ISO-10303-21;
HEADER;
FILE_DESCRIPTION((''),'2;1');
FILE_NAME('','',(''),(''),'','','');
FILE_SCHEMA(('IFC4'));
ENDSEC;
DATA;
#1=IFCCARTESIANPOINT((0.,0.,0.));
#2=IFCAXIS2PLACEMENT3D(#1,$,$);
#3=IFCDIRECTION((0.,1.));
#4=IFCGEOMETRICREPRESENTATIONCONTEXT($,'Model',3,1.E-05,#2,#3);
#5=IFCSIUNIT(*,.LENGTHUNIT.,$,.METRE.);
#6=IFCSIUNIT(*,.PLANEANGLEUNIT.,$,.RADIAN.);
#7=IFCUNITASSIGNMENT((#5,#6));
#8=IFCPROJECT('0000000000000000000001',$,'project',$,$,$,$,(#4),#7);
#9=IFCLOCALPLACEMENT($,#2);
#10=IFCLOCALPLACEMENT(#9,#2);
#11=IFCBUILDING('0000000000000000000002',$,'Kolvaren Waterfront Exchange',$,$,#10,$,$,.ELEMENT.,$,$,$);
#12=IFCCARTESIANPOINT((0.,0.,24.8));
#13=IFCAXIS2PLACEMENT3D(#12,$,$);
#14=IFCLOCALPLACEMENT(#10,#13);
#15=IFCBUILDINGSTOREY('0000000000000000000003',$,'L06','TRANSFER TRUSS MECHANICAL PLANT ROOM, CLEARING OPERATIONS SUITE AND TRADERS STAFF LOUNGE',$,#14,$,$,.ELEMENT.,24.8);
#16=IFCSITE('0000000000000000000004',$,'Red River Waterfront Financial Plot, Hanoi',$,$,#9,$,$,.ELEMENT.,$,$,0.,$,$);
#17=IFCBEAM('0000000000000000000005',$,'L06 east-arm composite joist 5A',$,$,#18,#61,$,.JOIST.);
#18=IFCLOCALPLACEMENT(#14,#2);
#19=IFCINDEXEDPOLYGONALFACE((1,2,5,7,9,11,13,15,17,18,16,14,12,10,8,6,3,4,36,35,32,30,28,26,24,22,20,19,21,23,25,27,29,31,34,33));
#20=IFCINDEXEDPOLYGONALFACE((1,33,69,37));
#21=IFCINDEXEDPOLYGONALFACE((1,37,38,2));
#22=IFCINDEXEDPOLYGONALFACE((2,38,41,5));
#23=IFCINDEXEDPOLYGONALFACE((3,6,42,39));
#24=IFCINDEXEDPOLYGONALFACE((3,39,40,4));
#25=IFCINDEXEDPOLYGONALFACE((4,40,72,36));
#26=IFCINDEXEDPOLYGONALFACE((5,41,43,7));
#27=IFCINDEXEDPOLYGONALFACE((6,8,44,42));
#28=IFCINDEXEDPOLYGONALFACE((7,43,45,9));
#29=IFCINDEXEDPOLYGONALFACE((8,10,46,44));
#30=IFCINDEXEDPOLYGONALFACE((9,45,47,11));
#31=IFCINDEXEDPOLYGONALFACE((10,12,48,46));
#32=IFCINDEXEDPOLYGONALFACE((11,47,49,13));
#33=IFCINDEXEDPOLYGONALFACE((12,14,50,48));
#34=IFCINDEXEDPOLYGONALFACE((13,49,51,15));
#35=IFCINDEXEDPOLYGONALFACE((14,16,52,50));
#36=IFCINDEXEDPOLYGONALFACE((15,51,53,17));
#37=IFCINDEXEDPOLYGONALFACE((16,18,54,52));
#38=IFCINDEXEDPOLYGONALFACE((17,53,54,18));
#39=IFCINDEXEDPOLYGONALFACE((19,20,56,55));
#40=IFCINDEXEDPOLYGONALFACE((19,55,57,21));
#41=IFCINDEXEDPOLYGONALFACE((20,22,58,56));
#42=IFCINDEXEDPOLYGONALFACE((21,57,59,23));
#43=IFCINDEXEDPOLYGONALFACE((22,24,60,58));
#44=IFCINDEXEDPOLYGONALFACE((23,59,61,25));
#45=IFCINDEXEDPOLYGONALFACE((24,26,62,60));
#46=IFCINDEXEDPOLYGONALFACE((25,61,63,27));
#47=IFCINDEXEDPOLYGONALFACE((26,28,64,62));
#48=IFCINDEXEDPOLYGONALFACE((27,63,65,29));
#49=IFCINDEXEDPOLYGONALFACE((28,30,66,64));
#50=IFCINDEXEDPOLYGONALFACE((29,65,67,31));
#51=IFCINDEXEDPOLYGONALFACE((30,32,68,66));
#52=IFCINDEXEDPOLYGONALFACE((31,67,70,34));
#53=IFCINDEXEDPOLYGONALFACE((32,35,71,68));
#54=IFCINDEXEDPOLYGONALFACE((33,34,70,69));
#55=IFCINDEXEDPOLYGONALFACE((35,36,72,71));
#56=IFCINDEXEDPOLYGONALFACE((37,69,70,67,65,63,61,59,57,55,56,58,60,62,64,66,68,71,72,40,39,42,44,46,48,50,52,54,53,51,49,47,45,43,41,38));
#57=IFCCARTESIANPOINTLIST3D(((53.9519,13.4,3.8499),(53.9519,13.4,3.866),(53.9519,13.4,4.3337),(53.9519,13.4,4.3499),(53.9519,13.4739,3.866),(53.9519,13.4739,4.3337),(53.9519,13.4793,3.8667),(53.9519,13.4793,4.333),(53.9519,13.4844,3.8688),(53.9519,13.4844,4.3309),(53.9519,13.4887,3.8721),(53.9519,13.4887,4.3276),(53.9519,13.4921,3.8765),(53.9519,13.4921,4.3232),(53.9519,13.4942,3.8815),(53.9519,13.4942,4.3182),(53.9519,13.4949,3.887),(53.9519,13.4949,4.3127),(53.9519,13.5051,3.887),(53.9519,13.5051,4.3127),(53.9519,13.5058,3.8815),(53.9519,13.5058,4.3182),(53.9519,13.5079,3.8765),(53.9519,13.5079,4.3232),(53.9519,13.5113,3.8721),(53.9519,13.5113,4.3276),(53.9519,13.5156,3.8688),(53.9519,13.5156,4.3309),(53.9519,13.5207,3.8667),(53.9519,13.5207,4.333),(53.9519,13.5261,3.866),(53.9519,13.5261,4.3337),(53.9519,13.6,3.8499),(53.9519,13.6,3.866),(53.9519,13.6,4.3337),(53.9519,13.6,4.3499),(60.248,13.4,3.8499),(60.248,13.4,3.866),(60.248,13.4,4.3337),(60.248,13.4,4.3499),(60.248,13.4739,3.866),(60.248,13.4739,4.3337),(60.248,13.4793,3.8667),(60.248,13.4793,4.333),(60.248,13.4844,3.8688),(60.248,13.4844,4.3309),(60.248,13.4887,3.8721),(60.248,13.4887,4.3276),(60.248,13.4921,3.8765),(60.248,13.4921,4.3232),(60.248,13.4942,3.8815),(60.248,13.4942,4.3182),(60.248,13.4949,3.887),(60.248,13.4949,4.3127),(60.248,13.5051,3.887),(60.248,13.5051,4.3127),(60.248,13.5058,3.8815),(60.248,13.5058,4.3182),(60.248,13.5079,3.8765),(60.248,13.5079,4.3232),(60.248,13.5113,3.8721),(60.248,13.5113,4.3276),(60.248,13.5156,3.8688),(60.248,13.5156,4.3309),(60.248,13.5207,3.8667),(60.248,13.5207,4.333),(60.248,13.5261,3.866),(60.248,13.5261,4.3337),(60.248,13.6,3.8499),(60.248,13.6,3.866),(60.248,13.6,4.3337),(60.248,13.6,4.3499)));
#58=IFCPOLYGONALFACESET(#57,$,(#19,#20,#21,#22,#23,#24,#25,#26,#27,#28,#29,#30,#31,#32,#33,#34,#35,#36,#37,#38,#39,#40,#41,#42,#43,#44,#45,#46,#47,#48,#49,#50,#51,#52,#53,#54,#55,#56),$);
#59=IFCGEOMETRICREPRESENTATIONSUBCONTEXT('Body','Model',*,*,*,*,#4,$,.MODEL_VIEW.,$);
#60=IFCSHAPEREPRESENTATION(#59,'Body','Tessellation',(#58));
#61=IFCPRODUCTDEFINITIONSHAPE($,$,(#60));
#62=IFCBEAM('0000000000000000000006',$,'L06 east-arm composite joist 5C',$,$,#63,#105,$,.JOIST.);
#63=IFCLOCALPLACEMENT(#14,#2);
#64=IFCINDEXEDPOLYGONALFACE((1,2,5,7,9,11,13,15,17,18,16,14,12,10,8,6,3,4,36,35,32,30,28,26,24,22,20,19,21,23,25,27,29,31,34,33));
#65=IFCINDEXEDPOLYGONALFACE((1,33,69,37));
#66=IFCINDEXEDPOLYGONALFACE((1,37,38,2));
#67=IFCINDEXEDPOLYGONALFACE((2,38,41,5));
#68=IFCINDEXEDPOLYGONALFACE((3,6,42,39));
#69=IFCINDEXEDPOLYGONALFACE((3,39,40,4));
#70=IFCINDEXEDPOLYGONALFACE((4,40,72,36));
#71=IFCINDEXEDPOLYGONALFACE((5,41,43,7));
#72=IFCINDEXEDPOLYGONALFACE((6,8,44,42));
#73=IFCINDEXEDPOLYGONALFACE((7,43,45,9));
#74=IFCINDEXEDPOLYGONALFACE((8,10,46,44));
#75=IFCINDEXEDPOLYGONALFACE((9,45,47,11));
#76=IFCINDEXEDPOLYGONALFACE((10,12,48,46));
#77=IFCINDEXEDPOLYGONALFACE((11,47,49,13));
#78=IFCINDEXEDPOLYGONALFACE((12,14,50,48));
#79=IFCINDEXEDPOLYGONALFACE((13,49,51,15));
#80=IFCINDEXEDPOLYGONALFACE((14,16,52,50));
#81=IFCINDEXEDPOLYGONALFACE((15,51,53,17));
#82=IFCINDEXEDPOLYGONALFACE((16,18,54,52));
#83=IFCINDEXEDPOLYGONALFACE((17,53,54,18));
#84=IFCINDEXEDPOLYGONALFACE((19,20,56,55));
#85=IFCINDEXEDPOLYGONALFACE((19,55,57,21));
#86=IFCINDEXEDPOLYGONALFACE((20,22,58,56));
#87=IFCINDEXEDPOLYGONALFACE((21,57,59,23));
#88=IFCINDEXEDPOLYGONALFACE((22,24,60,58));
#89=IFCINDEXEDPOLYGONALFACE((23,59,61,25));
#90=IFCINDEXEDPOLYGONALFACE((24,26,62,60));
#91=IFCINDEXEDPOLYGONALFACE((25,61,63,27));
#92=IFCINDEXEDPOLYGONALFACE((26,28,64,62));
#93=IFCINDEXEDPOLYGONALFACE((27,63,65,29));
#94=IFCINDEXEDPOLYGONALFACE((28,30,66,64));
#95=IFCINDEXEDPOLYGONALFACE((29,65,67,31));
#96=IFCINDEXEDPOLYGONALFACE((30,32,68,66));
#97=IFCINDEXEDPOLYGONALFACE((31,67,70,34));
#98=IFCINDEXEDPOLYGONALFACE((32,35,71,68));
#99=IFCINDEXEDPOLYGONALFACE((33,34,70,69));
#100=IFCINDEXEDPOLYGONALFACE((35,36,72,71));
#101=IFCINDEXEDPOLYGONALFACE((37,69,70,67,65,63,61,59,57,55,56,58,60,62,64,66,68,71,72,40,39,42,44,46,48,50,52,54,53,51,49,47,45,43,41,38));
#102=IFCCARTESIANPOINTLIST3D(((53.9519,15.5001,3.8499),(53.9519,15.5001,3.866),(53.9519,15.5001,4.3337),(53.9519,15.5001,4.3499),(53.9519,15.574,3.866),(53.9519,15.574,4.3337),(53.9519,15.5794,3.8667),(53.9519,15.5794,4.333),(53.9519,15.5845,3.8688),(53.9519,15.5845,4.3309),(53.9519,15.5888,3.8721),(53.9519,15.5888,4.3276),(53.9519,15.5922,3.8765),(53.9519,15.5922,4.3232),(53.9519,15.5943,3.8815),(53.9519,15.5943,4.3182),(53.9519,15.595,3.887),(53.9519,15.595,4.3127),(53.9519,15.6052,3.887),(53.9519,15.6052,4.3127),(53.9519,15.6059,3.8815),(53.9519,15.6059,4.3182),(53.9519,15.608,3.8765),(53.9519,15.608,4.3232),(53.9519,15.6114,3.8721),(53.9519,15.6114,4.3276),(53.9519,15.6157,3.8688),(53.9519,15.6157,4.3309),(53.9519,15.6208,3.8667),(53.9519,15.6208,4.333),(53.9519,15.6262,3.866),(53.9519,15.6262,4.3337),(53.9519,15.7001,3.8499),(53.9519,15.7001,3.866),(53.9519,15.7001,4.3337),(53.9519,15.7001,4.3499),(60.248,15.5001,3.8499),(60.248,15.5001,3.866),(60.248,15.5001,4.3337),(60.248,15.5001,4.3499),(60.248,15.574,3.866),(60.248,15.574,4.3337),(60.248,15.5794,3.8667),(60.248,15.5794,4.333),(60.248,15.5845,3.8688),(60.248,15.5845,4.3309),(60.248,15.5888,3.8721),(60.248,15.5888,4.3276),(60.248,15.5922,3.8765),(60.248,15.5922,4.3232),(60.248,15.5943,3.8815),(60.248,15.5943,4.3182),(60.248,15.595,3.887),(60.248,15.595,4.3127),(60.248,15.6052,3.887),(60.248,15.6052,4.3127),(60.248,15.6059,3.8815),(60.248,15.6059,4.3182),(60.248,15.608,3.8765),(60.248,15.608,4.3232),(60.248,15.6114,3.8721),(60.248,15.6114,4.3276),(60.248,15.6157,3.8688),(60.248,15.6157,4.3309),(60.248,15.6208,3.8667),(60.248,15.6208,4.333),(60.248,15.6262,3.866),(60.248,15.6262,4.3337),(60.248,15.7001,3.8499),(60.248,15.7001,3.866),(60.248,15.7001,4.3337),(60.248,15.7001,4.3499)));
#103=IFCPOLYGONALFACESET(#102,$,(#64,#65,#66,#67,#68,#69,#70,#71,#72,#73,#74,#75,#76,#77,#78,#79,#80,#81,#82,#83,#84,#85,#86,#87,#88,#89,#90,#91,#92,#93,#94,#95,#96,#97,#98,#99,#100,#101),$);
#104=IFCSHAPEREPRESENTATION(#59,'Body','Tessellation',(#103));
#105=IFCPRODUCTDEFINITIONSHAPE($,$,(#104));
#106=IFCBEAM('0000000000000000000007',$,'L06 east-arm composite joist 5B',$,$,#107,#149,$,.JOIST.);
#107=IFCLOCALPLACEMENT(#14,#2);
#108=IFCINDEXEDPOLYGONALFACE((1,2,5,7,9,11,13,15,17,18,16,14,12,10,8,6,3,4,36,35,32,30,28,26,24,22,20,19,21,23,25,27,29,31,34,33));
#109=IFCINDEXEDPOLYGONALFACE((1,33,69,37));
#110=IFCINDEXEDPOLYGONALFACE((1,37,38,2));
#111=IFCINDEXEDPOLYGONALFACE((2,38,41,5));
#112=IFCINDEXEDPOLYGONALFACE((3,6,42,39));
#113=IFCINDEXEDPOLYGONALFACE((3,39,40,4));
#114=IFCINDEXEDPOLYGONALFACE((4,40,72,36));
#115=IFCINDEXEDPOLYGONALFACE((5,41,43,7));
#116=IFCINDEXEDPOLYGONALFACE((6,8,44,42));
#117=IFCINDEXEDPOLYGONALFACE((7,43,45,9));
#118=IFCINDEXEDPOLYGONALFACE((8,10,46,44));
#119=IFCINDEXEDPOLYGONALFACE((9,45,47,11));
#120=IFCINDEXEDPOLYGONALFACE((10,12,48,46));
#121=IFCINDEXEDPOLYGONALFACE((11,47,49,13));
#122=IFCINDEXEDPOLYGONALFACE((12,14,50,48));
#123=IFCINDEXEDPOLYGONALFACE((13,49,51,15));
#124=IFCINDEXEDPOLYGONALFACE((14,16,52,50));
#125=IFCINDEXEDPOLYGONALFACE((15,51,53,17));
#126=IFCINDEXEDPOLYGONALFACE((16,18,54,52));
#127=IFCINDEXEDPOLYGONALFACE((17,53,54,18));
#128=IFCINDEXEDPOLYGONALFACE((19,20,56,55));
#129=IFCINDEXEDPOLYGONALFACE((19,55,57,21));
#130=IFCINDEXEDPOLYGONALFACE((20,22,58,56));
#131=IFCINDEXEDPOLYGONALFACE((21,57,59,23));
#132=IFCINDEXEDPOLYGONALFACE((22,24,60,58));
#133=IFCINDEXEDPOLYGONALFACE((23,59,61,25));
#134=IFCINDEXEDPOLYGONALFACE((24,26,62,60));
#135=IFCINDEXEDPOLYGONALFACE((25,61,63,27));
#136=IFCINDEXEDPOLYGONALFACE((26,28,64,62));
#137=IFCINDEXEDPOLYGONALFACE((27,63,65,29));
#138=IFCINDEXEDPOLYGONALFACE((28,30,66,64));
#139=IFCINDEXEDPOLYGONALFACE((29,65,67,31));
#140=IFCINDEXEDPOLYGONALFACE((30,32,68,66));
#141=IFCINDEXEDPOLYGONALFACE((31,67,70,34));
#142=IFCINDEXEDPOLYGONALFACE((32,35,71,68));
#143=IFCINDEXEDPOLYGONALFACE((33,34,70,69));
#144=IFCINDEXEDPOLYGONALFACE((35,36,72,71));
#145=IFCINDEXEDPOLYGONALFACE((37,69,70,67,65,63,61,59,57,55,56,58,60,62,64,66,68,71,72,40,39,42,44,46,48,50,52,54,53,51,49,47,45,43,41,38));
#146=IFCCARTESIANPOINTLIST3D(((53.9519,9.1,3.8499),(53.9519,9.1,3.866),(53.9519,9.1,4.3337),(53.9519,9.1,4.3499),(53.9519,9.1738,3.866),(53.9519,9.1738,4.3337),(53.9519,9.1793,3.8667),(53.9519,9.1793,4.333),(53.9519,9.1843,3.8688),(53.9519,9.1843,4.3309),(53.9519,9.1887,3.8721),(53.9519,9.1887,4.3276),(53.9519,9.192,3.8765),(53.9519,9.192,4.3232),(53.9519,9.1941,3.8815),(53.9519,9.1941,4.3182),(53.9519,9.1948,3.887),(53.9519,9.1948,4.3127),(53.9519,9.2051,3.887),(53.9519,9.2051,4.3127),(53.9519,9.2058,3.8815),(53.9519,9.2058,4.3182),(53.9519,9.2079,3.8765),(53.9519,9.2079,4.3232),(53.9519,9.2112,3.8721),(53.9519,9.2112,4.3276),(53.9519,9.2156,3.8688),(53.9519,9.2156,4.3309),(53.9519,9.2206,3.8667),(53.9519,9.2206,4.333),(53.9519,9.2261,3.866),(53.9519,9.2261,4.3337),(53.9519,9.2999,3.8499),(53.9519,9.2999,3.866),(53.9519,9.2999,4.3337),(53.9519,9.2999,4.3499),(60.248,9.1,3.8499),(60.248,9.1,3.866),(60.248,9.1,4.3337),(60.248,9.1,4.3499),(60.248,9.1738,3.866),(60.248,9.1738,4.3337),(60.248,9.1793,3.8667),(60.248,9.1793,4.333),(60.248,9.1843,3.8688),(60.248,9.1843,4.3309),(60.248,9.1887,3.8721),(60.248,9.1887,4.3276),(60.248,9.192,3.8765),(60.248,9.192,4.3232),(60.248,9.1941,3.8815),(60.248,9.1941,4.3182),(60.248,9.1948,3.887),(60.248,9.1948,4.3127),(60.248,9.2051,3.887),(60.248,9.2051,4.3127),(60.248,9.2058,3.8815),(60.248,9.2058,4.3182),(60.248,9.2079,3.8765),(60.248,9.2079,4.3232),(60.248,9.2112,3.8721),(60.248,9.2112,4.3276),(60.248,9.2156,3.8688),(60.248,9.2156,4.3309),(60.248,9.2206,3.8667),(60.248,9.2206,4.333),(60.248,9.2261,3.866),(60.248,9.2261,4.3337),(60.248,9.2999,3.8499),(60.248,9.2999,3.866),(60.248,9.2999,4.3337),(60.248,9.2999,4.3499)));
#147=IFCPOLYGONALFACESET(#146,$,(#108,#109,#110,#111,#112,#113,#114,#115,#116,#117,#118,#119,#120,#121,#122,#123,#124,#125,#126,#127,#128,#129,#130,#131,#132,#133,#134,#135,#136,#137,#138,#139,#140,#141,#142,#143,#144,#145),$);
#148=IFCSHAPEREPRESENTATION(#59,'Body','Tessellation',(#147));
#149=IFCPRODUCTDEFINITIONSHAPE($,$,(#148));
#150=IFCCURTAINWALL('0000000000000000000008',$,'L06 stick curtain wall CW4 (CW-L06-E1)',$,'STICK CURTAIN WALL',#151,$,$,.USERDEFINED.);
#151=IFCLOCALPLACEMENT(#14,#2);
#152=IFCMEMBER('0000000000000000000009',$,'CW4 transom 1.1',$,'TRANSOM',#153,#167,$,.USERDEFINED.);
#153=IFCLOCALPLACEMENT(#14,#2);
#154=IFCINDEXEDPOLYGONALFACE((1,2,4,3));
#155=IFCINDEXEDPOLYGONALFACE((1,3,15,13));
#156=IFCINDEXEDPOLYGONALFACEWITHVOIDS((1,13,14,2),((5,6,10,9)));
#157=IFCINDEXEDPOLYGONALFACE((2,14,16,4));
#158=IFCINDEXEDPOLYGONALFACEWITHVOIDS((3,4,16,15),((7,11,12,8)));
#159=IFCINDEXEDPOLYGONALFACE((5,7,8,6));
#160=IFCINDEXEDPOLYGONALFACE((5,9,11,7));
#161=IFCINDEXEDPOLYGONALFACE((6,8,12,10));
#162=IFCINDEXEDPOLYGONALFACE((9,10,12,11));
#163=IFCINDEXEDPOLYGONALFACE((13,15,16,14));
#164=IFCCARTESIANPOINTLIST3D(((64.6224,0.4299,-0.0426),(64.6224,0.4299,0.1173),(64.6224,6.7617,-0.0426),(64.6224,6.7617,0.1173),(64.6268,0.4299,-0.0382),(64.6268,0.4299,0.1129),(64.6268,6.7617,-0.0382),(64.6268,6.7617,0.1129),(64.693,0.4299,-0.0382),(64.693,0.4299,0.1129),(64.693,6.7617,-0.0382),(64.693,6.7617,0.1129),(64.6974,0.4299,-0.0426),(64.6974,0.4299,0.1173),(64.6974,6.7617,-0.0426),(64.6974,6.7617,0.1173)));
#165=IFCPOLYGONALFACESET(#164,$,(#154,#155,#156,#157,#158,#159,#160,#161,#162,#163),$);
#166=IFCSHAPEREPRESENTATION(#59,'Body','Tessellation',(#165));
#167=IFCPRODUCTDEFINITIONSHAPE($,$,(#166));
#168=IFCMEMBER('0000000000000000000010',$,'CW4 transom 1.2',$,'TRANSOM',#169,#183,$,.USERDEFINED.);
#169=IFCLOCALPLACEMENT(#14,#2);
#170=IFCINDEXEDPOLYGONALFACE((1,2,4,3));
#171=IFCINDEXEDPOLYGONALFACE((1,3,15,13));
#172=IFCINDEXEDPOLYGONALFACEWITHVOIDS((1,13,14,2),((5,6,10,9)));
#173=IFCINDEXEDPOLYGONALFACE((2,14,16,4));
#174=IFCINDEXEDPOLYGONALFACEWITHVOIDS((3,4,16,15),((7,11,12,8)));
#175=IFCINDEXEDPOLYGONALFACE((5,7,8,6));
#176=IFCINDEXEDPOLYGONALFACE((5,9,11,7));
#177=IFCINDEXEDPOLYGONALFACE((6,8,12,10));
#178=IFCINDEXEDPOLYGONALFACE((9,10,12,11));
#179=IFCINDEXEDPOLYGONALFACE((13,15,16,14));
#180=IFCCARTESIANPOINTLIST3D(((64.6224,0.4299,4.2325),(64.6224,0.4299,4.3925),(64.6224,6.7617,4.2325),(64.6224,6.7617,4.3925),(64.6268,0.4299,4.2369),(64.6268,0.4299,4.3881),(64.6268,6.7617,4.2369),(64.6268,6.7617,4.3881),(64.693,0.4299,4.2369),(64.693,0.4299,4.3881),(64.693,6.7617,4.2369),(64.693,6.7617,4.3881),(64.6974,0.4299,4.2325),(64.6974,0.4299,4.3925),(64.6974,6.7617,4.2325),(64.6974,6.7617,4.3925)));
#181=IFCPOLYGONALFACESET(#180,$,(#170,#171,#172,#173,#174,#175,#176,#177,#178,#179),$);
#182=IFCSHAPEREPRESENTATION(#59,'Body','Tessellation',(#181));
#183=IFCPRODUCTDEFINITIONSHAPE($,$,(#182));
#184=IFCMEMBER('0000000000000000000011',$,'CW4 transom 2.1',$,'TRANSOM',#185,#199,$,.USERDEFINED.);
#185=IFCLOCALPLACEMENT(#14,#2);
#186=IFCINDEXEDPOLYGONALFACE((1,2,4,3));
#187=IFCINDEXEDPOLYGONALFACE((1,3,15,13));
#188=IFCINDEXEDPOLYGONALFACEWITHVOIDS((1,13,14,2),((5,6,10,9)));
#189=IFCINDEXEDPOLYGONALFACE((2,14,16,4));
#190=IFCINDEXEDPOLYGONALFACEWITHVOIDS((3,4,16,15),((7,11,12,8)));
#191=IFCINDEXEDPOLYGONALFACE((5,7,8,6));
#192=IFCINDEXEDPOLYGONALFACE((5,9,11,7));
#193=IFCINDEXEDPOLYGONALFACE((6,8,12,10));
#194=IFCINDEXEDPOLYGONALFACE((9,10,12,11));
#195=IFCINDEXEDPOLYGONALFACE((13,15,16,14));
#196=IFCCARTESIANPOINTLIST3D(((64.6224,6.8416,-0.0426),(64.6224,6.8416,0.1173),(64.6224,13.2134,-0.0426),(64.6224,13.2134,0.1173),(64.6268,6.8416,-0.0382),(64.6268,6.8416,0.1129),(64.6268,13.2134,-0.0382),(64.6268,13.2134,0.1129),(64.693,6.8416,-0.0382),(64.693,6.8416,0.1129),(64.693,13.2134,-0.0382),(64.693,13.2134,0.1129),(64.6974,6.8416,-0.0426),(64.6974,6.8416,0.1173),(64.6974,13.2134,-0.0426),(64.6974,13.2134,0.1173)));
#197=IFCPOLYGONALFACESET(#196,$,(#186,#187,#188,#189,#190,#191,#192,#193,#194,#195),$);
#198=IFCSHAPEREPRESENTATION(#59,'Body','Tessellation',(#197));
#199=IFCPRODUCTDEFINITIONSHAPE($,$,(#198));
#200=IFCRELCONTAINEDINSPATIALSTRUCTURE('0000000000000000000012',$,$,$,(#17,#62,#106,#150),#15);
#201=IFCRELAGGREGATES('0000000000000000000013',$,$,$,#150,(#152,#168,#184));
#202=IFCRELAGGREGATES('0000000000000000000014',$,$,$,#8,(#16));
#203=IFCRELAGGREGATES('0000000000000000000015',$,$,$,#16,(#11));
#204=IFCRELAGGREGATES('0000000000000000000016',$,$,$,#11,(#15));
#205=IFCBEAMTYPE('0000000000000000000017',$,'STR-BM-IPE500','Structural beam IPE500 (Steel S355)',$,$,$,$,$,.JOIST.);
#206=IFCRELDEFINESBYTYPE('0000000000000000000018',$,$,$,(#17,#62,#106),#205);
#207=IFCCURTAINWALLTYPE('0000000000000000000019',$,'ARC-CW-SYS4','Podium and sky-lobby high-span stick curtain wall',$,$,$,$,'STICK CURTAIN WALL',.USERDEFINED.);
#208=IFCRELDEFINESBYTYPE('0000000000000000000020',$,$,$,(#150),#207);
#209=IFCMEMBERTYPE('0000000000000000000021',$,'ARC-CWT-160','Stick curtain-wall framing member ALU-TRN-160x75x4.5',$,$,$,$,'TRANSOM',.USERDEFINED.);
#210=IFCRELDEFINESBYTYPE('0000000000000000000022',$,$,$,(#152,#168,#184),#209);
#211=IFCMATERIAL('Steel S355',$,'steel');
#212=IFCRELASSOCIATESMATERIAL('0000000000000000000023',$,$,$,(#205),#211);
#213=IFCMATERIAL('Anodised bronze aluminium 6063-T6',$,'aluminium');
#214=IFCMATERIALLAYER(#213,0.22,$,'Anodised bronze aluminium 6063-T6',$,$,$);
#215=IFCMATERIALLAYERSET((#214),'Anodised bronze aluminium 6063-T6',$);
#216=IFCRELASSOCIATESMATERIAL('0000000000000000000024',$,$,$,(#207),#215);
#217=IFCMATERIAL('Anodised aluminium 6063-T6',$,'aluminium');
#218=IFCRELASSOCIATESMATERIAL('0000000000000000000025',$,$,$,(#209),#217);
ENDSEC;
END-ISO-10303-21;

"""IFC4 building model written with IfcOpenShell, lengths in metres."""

from ifc_helpers import new_model, si_unit, direction, frame, origin, origin_with_axes, origin_2d, place, context, subcontext, project, spatial, hollow_rectangle, i_section, extrude, source, transform, mapped, material, layer, layer_set, material_profile, profile_set, type_object, element, aggregate, save


model = new_model("IFC4")

# Units and contexts
model_context = context("Model", 3, precision=1e-05, world=origin(), true_north=direction((0.0, 1.0)))
body_context = subcontext(model_context, "Body", "Model", "MODEL_VIEW")
ifc_project = project(units=[si_unit("LENGTHUNIT", "METRE"), si_unit("PLANEANGLEUNIT", "RADIAN")], contexts=[model_context])

# Site, building, storey
site_placement = place(None, origin())
site = spatial("IfcSite", under=ifc_project, at=site_placement, Name="Red River Waterfront Financial Plot, Hanoi", CompositionType="ELEMENT", RefElevation=0.0)
building_placement = place(site_placement, origin())
building = spatial("IfcBuilding", under=site, at=building_placement, Name="Kolvaren Waterfront Exchange", CompositionType="ELEMENT")
storey_placement = place(building_placement, frame((0.0, 0.0, 24.8)))
storey = spatial("IfcBuildingStorey", under=building, at=storey_placement, Name="L06", Description="TRANSFER TRUSS MECHANICAL PLANT ROOM, CLEARING OPERATIONS SUITE AND TRADERS STAFF LOUNGE", CompositionType="ELEMENT", Elevation=24.8)

# Beams
ifc_material_1 = material(Name="Steel S355", Category="steel")
ifc_material_profile_1 = material_profile(ifc_material_1, i_section(OverallWidth=0.2, OverallDepth=0.5, WebThickness=0.0103, FlangeThickness=0.0161, FilletRadius=0.021, at=origin_2d()), Name="IPE500")
ifc_profile_set_1 = profile_set([ifc_material_profile_1], Name="Steel S355")
beam_type_1 = type_object("IfcBeamType", Name="STR-BM-IPE500", Description="Structural beam IPE500 (Steel S355)", PredefinedType="JOIST", material=ifc_profile_set_1)
for number, where, z_axis, x_axis, name in (
    (1, (53.9519, 13.5, 4.0999), (1.0, 0.0, 0.0), (0.0, 1.0, 0.0), "L06 east-arm composite joist 5A"),
    (2, (53.9519, 15.6001, 4.0999), (1.0, 0.0, 0.0), (0.0, 1.0, 0.0), "L06 east-arm composite joist 5C"),
    (3, (53.9519, 9.2, 4.0999), (1.0, 0.0, 0.0), (0.0, 1.0, 0.0), "L06 east-arm composite joist 5B"),
):
    element("IfcBeam", number, at=place(storey_placement, frame(where, z_axis=z_axis, x_axis=x_axis)), inside=storey, type_object=beam_type_1, Name=name, PredefinedType="JOIST", context=body_context, shape_type="SweptSolid", body=[
        extrude(i_section(OverallWidth=0.2, OverallDepth=0.5, WebThickness=0.0103, FlangeThickness=0.0161, FilletRadius=0.021, at=origin_2d()), origin(), (0.0, 0.0, 1.0), 6.2961),
    ])

# Curtain wall, members
ifc_material_2 = material(Name="Anodised bronze aluminium 6063-T6", Category="aluminium")
ifc_layer_1 = layer(ifc_material_2, 0.22, Name="Anodised bronze aluminium 6063-T6")
ifc_layer_set_1 = layer_set([ifc_layer_1], Name="Anodised bronze aluminium 6063-T6")
curtain_wall_type = type_object("IfcCurtainWallType", Name="ARC-CW-SYS4", Description="Podium and sky-lobby high-span stick curtain wall", ElementType="STICK CURTAIN WALL", PredefinedType="USERDEFINED", material=ifc_layer_set_1)
curtain_wall_placement = place(storey_placement, origin())
curtain_wall = element("IfcCurtainWall", 4, at=curtain_wall_placement, inside=storey, type_object=curtain_wall_type, Name="L06 stick curtain wall CW4 (CW-L06-E1)", ObjectType="STICK CURTAIN WALL", PredefinedType="USERDEFINED")
ifc_material_3 = material(Name="Anodised aluminium 6063-T6", Category="aluminium")
ifc_material_profile_2 = material_profile(ifc_material_3, hollow_rectangle(XDim=0.075, YDim=0.1599, WallThickness=0.0044, at=origin_2d()), Name="ALU-TRN-160x75x4.5")
ifc_profile_set_2 = profile_set([ifc_material_profile_2], Name="Anodised aluminium 6063-T6")
member_type_1 = type_object("IfcMemberType", Name="ARC-CWT-160", Description="Stick curtain-wall framing member ALU-TRN-160x75x4.5", ElementType="TRANSOM", PredefinedType="USERDEFINED", material=ifc_profile_set_2)
shared_shape_1 = source(origin_with_axes(), body_context, "Body", "SweptSolid", [
    extrude(hollow_rectangle(XDim=0.075, YDim=0.1599, WallThickness=0.0044, at=origin_2d()), origin(), (0.0, 0.0, 1.0), 6.3318),
])
member_1_placement = place(storey_placement, frame((64.6599, 0.4299, 0.0374), z_axis=(0.0, 1.0, 0.0), x_axis=(-1.0, 0.0, 0.0)))
member_1 = element("IfcMember", 5, at=member_1_placement, type_object=member_type_1, Name="CW4 transom 1.1", ObjectType="TRANSOM", PredefinedType="USERDEFINED", context=body_context, shape_type="MappedRepresentation", body=[
    mapped(shared_shape_1, transform((0.0, 0.0, 0.0), x_axis=(1.0, 0.0, 0.0), y_axis=(0.0, 1.0, 0.0), z_axis=(0.0, 0.0, 1.0), scale=1.0)),
])
member_2_placement = place(storey_placement, frame((64.6599, 0.4299, 4.3125), z_axis=(0.0, 1.0, 0.0), x_axis=(-1.0, 0.0, 0.0)))
member_2 = element("IfcMember", 6, at=member_2_placement, type_object=member_type_1, Name="CW4 transom 1.2", ObjectType="TRANSOM", PredefinedType="USERDEFINED", context=body_context, shape_type="MappedRepresentation", body=[
    mapped(shared_shape_1, transform((0.0, 0.0, 0.0), x_axis=(1.0, 0.0, 0.0), y_axis=(0.0, 1.0, 0.0), z_axis=(0.0, 0.0, 1.0), scale=1.0)),
])
shared_shape_2 = source(origin_with_axes(), body_context, "Body", "SweptSolid", [
    extrude(hollow_rectangle(XDim=0.075, YDim=0.1599, WallThickness=0.0044, at=origin_2d()), origin(), (0.0, 0.0, 1.0), 6.3718),
])
member_3_placement = place(storey_placement, frame((64.6599, 6.8416, 0.0374), z_axis=(0.0, 1.0, 0.0), x_axis=(-1.0, 0.0, 0.0)))
member_3 = element("IfcMember", 7, at=member_3_placement, type_object=member_type_1, Name="CW4 transom 2.1", ObjectType="TRANSOM", PredefinedType="USERDEFINED", context=body_context, shape_type="MappedRepresentation", body=[
    mapped(shared_shape_2, transform((0.0, 0.0, 0.0), x_axis=(1.0, 0.0, 0.0), y_axis=(0.0, 1.0, 0.0), z_axis=(0.0, 0.0, 1.0), scale=1.0)),
])
aggregate(curtain_wall, [member_1, member_2, member_3])

save(model, "model.ifc")
